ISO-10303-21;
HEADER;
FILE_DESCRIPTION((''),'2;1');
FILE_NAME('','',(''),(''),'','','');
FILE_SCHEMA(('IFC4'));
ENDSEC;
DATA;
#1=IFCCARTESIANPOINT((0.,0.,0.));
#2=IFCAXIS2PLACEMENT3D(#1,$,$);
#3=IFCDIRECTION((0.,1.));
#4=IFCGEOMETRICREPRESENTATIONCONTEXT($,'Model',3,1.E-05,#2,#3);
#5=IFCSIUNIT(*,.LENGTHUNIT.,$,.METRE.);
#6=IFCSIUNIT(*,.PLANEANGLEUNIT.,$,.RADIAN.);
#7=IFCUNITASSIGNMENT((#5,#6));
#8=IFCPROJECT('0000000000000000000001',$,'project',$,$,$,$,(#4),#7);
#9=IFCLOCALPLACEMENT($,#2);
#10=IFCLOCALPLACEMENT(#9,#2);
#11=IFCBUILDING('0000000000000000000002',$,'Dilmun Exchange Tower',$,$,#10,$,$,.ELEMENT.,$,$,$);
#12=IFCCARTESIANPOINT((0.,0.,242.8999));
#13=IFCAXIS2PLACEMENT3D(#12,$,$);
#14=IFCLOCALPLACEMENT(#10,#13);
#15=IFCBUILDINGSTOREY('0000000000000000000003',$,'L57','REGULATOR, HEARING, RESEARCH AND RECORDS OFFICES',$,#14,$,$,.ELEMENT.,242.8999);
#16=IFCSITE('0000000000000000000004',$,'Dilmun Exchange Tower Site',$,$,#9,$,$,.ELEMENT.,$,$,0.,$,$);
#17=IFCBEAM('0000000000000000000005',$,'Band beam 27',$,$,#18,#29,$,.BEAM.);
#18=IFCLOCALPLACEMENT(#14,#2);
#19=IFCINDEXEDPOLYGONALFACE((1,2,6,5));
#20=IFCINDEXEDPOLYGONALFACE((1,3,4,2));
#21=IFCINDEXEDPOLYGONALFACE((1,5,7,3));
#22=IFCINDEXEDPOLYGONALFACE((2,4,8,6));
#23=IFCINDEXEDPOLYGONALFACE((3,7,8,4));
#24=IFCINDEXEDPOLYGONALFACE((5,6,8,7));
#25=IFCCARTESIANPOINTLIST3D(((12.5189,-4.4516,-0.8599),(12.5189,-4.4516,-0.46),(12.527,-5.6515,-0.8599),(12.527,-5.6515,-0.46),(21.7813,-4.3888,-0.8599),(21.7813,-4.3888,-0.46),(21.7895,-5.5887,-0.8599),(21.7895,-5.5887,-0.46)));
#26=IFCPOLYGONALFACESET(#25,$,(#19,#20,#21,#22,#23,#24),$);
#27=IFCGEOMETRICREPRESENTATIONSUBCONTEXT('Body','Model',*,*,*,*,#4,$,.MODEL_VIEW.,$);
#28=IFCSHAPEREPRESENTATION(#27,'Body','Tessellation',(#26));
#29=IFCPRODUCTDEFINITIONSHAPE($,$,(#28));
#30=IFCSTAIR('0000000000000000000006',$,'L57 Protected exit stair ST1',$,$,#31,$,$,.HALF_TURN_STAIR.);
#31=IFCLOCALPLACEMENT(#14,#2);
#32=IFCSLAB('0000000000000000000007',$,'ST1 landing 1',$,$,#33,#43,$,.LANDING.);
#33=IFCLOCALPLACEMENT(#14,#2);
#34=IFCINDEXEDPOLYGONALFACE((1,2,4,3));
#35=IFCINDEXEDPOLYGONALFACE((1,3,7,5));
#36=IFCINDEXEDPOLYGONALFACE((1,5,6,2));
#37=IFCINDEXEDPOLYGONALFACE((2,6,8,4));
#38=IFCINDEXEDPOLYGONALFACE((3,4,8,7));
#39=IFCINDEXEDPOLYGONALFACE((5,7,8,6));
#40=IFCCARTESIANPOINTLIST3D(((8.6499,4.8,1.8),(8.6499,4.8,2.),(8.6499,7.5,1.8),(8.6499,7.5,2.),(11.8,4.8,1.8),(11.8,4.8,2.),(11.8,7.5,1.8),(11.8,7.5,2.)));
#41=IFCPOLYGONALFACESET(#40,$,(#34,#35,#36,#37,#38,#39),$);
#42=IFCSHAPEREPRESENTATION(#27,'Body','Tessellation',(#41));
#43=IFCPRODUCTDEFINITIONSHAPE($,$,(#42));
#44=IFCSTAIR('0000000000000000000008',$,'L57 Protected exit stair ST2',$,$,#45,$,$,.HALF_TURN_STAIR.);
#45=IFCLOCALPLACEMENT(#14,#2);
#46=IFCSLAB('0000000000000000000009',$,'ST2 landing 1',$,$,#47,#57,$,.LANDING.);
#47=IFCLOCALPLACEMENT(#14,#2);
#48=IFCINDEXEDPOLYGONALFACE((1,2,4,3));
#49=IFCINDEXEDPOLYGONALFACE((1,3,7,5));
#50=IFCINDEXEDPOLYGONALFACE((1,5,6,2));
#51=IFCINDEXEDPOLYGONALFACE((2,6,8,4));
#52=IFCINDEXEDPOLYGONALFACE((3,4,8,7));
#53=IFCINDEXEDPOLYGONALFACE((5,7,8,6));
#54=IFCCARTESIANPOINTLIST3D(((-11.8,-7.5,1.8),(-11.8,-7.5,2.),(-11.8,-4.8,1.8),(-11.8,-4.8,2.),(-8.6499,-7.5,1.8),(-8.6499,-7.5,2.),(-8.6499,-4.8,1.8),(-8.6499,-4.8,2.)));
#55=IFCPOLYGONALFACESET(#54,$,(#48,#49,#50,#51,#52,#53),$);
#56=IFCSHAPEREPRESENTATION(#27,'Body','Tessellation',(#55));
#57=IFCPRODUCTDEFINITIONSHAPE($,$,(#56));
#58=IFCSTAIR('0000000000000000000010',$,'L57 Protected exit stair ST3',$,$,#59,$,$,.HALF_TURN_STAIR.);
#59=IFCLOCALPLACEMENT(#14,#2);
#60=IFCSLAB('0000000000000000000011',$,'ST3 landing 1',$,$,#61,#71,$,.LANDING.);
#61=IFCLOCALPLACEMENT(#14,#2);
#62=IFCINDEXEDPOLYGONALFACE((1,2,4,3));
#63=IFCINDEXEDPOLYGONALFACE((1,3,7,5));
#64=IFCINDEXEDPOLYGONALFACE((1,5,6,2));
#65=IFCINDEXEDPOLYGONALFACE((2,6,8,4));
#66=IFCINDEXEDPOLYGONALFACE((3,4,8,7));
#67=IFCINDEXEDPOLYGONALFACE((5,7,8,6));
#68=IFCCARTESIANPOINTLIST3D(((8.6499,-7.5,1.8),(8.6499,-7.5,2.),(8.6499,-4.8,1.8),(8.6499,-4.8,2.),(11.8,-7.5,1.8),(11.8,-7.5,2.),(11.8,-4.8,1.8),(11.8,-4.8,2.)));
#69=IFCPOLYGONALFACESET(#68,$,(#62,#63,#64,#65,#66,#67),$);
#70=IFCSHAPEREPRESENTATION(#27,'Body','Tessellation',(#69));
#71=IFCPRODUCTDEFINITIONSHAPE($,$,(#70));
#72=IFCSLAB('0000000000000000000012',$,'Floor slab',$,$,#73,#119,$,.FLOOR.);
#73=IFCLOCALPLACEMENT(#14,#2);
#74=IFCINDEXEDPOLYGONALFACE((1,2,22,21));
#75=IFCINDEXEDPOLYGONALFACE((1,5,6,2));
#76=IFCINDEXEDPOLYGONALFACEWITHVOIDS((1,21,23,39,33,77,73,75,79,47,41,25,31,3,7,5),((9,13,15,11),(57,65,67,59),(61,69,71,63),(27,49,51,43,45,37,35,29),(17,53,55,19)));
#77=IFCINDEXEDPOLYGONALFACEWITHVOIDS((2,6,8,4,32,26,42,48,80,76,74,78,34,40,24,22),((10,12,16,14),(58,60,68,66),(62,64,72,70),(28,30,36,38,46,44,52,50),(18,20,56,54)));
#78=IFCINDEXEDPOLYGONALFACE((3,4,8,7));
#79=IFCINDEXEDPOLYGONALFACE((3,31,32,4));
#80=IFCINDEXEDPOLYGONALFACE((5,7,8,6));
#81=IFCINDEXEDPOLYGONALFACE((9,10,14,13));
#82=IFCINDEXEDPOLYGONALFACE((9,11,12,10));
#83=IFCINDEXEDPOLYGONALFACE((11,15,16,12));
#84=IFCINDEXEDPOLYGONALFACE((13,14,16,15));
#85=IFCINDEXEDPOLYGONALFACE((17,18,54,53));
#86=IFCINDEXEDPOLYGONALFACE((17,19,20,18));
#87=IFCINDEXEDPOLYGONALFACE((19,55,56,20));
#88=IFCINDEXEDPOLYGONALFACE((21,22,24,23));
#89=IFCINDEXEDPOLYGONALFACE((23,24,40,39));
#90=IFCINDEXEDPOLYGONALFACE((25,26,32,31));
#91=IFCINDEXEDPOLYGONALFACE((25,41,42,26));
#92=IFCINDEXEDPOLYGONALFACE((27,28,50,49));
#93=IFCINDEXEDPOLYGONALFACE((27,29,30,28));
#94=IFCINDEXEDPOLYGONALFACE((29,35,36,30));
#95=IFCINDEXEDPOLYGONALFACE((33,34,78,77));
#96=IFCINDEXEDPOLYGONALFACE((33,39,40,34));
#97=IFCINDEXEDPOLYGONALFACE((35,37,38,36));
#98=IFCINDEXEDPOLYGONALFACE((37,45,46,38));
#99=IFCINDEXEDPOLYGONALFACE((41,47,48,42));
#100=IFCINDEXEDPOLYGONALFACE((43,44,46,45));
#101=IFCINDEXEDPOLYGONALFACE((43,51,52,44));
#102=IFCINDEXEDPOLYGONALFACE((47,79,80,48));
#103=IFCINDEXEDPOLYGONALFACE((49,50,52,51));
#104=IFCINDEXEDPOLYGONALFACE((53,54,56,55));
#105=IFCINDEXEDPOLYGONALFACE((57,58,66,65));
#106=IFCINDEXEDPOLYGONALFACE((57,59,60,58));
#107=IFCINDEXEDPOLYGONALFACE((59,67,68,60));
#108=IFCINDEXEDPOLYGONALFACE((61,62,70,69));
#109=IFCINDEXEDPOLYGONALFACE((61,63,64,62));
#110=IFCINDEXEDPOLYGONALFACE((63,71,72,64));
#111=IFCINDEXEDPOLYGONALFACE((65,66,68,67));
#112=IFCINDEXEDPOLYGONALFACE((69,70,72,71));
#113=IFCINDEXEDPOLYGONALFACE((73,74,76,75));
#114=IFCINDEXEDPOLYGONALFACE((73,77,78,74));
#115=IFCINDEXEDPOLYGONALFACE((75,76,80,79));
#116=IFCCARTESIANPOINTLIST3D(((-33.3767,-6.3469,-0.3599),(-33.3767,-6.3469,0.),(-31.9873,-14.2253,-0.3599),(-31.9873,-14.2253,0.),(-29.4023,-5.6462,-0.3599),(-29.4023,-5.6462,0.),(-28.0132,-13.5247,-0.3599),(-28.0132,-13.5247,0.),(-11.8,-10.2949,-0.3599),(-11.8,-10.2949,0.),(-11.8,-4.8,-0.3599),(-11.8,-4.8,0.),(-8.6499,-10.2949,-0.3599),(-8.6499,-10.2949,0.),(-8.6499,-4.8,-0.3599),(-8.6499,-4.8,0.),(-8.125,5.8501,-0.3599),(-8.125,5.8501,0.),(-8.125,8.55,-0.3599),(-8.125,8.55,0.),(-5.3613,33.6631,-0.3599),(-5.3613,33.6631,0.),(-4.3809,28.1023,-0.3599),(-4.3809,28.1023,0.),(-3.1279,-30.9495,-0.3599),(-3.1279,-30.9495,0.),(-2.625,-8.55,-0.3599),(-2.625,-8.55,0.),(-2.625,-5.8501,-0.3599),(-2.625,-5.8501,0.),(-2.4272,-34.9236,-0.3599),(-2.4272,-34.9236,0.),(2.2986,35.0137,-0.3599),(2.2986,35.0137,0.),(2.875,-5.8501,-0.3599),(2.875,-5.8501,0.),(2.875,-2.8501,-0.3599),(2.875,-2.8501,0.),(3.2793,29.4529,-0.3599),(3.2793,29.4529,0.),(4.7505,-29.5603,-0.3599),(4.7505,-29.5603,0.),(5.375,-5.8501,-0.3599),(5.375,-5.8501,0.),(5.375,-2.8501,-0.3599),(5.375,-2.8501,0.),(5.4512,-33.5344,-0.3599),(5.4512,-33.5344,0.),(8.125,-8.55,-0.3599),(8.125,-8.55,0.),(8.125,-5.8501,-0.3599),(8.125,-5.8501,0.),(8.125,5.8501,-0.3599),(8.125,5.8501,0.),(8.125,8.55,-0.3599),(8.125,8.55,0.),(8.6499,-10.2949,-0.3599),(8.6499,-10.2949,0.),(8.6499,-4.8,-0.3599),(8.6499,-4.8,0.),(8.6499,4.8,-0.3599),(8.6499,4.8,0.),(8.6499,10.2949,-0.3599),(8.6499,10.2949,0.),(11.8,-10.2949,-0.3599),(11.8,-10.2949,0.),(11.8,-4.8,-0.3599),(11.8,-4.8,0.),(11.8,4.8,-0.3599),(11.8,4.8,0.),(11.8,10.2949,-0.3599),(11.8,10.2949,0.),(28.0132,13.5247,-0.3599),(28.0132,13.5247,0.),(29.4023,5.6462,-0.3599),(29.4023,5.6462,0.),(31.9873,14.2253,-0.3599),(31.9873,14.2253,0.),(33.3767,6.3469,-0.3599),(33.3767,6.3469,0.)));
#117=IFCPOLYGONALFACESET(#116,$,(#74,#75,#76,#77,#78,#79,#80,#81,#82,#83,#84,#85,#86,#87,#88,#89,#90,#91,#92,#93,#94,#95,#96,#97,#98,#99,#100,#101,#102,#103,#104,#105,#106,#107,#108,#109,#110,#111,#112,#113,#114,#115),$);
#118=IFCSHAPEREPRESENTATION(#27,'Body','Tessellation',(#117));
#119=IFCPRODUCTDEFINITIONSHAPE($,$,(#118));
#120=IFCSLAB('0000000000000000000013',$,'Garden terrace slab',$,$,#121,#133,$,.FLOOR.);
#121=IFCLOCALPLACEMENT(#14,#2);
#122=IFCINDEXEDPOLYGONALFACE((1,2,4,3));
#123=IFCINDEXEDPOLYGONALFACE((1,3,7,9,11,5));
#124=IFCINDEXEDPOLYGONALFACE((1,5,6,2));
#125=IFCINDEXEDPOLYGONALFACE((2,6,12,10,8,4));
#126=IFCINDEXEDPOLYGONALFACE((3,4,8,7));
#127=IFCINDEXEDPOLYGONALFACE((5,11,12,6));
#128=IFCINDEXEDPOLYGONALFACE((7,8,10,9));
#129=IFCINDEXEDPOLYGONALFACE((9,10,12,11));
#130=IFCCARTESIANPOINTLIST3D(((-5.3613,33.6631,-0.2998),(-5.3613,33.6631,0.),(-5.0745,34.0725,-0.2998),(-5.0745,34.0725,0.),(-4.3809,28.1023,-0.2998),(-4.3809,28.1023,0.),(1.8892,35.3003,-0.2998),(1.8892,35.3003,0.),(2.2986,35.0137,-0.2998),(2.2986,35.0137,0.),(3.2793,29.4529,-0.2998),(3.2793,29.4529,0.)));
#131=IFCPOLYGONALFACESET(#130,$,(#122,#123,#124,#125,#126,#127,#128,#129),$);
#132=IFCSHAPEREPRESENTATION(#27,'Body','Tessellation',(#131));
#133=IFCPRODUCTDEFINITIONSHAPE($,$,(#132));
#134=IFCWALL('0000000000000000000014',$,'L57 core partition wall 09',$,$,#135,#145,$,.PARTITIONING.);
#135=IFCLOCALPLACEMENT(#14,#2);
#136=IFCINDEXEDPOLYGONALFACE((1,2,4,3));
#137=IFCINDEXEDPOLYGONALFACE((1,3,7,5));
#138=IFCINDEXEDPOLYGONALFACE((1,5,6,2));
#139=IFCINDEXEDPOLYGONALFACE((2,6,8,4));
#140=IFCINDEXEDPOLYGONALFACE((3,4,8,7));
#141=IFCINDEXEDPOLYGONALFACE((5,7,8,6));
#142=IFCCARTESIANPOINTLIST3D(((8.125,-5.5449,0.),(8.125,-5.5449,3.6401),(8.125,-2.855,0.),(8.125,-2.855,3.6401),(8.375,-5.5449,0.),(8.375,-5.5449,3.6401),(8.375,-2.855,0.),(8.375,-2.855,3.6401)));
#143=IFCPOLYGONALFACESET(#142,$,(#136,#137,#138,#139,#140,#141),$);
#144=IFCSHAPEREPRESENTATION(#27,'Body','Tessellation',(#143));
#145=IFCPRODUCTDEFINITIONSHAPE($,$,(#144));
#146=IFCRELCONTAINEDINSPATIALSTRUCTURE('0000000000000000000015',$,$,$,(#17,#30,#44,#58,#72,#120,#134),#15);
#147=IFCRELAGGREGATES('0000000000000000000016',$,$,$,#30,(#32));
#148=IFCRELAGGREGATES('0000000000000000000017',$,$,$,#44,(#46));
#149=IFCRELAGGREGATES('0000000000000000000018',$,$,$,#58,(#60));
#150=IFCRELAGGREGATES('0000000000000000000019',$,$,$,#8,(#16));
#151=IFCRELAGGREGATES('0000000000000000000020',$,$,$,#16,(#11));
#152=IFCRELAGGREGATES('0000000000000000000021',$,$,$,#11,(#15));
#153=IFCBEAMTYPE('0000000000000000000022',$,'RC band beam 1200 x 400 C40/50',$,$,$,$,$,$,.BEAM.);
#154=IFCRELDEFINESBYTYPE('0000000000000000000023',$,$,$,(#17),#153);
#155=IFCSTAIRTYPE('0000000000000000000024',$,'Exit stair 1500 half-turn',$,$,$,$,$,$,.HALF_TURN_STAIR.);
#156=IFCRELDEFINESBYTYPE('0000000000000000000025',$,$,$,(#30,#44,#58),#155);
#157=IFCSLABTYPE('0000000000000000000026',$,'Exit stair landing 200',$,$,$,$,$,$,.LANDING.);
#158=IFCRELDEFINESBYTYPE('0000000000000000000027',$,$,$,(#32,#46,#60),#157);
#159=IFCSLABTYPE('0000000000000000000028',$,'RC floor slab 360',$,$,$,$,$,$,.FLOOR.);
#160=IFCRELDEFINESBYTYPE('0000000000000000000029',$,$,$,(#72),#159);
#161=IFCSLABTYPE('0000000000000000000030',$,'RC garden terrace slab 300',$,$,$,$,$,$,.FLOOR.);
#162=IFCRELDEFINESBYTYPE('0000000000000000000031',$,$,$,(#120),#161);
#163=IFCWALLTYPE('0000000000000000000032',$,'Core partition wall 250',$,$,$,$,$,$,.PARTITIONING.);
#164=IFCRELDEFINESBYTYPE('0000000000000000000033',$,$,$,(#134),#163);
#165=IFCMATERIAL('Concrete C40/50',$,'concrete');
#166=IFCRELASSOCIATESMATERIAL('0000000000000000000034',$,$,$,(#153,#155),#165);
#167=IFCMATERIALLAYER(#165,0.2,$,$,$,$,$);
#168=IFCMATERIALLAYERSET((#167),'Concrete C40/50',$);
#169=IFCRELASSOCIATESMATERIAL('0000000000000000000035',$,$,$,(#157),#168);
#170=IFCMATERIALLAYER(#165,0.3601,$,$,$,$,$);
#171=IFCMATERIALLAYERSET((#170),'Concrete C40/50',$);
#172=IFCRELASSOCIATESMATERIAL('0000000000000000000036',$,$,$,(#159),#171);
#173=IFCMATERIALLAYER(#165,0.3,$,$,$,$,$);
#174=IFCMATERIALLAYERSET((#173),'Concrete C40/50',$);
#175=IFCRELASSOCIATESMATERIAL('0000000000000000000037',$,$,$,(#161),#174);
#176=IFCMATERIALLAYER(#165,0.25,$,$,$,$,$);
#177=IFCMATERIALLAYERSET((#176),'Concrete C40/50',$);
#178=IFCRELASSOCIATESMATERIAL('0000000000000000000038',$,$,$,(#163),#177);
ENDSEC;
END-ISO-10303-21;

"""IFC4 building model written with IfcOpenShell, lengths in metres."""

from ifc_helpers import new_model, si_unit, direction, frame, frame_2d, origin, origin_2d, place, context, subcontext, project, spatial, polyline, rectangle, outline, extrude, material, layer, layer_set, material_profile, profile_set, type_object, element, aggregate, save


model = new_model("IFC4")

# Units and contexts
model_context = context("Model", 3, precision=1e-05, world=origin(), true_north=direction((0.0, 1.0)))
body_context = subcontext(model_context, "Body", "Model", "MODEL_VIEW")
ifc_project = project(units=[si_unit("LENGTHUNIT", "METRE"), si_unit("PLANEANGLEUNIT", "RADIAN")], contexts=[model_context])

# Site, building, storey
site_placement = place(None, origin())
site = spatial("IfcSite", under=ifc_project, at=site_placement, Name="Dilmun Exchange Tower Site", CompositionType="ELEMENT", RefElevation=0.0)
building_placement = place(site_placement, origin())
building = spatial("IfcBuilding", under=site, at=building_placement, Name="Dilmun Exchange Tower", CompositionType="ELEMENT")
storey_placement = place(building_placement, frame((0.0, 0.0, 242.8999)))
storey = spatial("IfcBuildingStorey", under=building, at=storey_placement, Name="L57", Description="REGULATOR, HEARING, RESEARCH AND RECORDS OFFICES", CompositionType="ELEMENT", Elevation=242.8999)

# Beam
ifc_material_1 = material(Name="Concrete C40/50", Category="concrete")
ifc_material_profile = material_profile(ifc_material_1, rectangle(XDim=1.2, YDim=0.3999, at=origin_2d()), Name="1200 x 400")
ifc_profile_set = profile_set([ifc_material_profile], Name="Concrete C40/50")
beam_type = type_object("IfcBeamType", Name="RC band beam 1200 x 400 C40/50", PredefinedType="BEAM", material=ifc_profile_set)
beam_placement = place(storey_placement, frame((21.7854, -4.9888, -0.6599), z_axis=(-0.999977, -0.006774, 0.0), x_axis=(0.006774, -0.999977, 0.0)))
element("IfcBeam", 1, at=beam_placement, inside=storey, type_object=beam_type, Name="Band beam 27", PredefinedType="BEAM", context=body_context, shape_type="SweptSolid", body=[
    extrude(rectangle(XDim=1.2, YDim=0.3999, at=origin_2d()), origin(), (0.0, 0.0, 1.0), 9.2627),
])

# Stairs, slabs
stair_type = type_object("IfcStairType", Name="Exit stair 1500 half-turn", PredefinedType="HALF_TURN_STAIR", material=ifc_material_1)
stair_1_placement = place(storey_placement, origin())
stair_1 = element("IfcStair", 2, at=stair_1_placement, inside=storey, type_object=stair_type, Name="L57 Protected exit stair ST1", PredefinedType="HALF_TURN_STAIR")
ifc_layer_1 = layer(ifc_material_1, 0.2)
ifc_layer_set_1 = layer_set([ifc_layer_1], Name="Concrete C40/50")
slab_type_1 = type_object("IfcSlabType", Name="Exit stair landing 200", PredefinedType="LANDING", material=ifc_layer_set_1)
slab_1_placement = place(storey_placement, frame((0.0, 0.0, 1.8)))
slab_1 = element("IfcSlab", 3, at=slab_1_placement, type_object=slab_type_1, Name="ST1 landing 1", PredefinedType="LANDING", context=body_context, shape_type="SweptSolid", body=[
    extrude(outline(polyline([(8.6499, 7.5), (8.6499, 4.8), (11.8, 4.8), (11.8, 7.5), (8.6499, 7.5)])), origin(), (0.0, 0.0, 1.0), 0.2),
])
aggregate(stair_1, [slab_1])
stair_2_placement = place(storey_placement, origin())
stair_2 = element("IfcStair", 4, at=stair_2_placement, inside=storey, type_object=stair_type, Name="L57 Protected exit stair ST2", PredefinedType="HALF_TURN_STAIR")
slab_2_placement = place(storey_placement, frame((0.0, 0.0, 1.8)))
slab_2 = element("IfcSlab", 5, at=slab_2_placement, type_object=slab_type_1, Name="ST2 landing 1", PredefinedType="LANDING", context=body_context, shape_type="SweptSolid", body=[
    extrude(outline(polyline([(-8.6499, -7.5), (-8.6499, -4.8), (-11.8, -4.8), (-11.8, -7.5), (-8.6499, -7.5)])), origin(), (0.0, 0.0, 1.0), 0.2),
])
aggregate(stair_2, [slab_2])
stair_3_placement = place(storey_placement, origin())
stair_3 = element("IfcStair", 6, at=stair_3_placement, inside=storey, type_object=stair_type, Name="L57 Protected exit stair ST3", PredefinedType="HALF_TURN_STAIR")
slab_3_placement = place(storey_placement, frame((0.0, 0.0, 1.8)))
slab_3 = element("IfcSlab", 7, at=slab_3_placement, type_object=slab_type_1, Name="ST3 landing 1", PredefinedType="LANDING", context=body_context, shape_type="SweptSolid", body=[
    extrude(outline(polyline([(11.8, -7.5), (11.8, -4.8), (8.6499, -4.8), (8.6499, -7.5), (11.8, -7.5)])), origin(), (0.0, 0.0, 1.0), 0.2),
])
aggregate(stair_3, [slab_3])

# Slabs
ifc_layer_2 = layer(ifc_material_1, 0.3601)
ifc_layer_set_2 = layer_set([ifc_layer_2], Name="Concrete C40/50")
slab_type_2 = type_object("IfcSlabType", Name="RC floor slab 360", PredefinedType="FLOOR", material=ifc_layer_set_2)
slab_4_placement = place(storey_placement, frame((0.0, 0.0, -0.3599)))
element("IfcSlab", 8, at=slab_4_placement, inside=storey, type_object=slab_type_2, Name="Floor slab", PredefinedType="FLOOR", context=body_context, shape_type="SweptSolid", body=[
    extrude(outline(polyline([(28.0132, 13.5247), (29.4023, 5.6462), (33.3767, 6.3469), (5.4512, -33.5344), (4.7505, -29.5603), (-3.1279, -30.9495), (-2.4272, -34.9236), (-31.9873, -14.2253), (-28.0132, -13.5247), (-29.4023, -5.6462), (-33.3767, -6.3469), (-5.3613, 33.6631), (-4.3809, 28.1023), (3.2793, 29.4529), (2.2986, 35.0137), (31.9873, 14.2253), (28.0132, 13.5247)]), holes=[polyline([(-8.6499, -4.8), (-11.8, -4.8), (-11.8, -10.2949), (-8.6499, -10.2949), (-8.6499, -4.8)]), polyline([(11.8, -4.8), (8.6499, -4.8), (8.6499, -10.2949), (11.8, -10.2949), (11.8, -4.8)]), polyline([(2.875, -5.8501), (-2.625, -5.8501), (-2.625, -8.55), (8.125, -8.55), (8.125, -5.8501), (5.375, -5.8501), (5.375, -2.8501), (2.875, -2.8501), (2.875, -5.8501)]), polyline([(8.125, 5.8501), (8.125, 8.55), (-8.125, 8.55), (-8.125, 5.8501), (8.125, 5.8501)]), polyline([(8.6499, 10.2949), (8.6499, 4.8), (11.8, 4.8), (11.8, 10.2949), (8.6499, 10.2949)])]), origin(), (0.0, 0.0, 1.0), 0.3599),
])
ifc_layer_3 = layer(ifc_material_1, 0.3)
ifc_layer_set_3 = layer_set([ifc_layer_3], Name="Concrete C40/50")
slab_type_3 = type_object("IfcSlabType", Name="RC garden terrace slab 300", PredefinedType="FLOOR", material=ifc_layer_set_3)
slab_5_placement = place(storey_placement, frame((0.0, 0.0, -0.2998)))
element("IfcSlab", 9, at=slab_5_placement, inside=storey, type_object=slab_type_3, Name="Garden terrace slab", PredefinedType="FLOOR", context=body_context, shape_type="SweptSolid", body=[
    extrude(outline(polyline([(-4.3809, 28.1023), (-5.3613, 33.6631), (-5.0745, 34.0725), (1.8892, 35.3003), (2.2986, 35.0137), (3.2793, 29.4529), (-4.3809, 28.1023)])), origin(), (0.0, 0.0, 1.0), 0.2998),
])

# Wall
ifc_layer_4 = layer(ifc_material_1, 0.25)
ifc_layer_set_4 = layer_set([ifc_layer_4], Name="Concrete C40/50")
wall_type_1 = type_object("IfcWallType", Name="Core partition wall 250", PredefinedType="PARTITIONING", material=ifc_layer_set_4)
wall_1_placement = place(storey_placement, frame((8.25, -5.5449, 0.0), z_axis=(0.0, 0.0, 1.0), x_axis=(0.0, 1.0, 0.0)))
element("IfcWall", 10, at=wall_1_placement, inside=storey, type_object=wall_type_1, Name="L57 core partition wall 09", PredefinedType="PARTITIONING", context=body_context, shape_type="SweptSolid", body=[
    extrude(rectangle(XDim=2.6899, YDim=0.25, at=frame_2d((1.345, 0.0))), origin(), (0.0, 0.0, 1.0), 3.6401),
])

save(model, "model.ifc")
